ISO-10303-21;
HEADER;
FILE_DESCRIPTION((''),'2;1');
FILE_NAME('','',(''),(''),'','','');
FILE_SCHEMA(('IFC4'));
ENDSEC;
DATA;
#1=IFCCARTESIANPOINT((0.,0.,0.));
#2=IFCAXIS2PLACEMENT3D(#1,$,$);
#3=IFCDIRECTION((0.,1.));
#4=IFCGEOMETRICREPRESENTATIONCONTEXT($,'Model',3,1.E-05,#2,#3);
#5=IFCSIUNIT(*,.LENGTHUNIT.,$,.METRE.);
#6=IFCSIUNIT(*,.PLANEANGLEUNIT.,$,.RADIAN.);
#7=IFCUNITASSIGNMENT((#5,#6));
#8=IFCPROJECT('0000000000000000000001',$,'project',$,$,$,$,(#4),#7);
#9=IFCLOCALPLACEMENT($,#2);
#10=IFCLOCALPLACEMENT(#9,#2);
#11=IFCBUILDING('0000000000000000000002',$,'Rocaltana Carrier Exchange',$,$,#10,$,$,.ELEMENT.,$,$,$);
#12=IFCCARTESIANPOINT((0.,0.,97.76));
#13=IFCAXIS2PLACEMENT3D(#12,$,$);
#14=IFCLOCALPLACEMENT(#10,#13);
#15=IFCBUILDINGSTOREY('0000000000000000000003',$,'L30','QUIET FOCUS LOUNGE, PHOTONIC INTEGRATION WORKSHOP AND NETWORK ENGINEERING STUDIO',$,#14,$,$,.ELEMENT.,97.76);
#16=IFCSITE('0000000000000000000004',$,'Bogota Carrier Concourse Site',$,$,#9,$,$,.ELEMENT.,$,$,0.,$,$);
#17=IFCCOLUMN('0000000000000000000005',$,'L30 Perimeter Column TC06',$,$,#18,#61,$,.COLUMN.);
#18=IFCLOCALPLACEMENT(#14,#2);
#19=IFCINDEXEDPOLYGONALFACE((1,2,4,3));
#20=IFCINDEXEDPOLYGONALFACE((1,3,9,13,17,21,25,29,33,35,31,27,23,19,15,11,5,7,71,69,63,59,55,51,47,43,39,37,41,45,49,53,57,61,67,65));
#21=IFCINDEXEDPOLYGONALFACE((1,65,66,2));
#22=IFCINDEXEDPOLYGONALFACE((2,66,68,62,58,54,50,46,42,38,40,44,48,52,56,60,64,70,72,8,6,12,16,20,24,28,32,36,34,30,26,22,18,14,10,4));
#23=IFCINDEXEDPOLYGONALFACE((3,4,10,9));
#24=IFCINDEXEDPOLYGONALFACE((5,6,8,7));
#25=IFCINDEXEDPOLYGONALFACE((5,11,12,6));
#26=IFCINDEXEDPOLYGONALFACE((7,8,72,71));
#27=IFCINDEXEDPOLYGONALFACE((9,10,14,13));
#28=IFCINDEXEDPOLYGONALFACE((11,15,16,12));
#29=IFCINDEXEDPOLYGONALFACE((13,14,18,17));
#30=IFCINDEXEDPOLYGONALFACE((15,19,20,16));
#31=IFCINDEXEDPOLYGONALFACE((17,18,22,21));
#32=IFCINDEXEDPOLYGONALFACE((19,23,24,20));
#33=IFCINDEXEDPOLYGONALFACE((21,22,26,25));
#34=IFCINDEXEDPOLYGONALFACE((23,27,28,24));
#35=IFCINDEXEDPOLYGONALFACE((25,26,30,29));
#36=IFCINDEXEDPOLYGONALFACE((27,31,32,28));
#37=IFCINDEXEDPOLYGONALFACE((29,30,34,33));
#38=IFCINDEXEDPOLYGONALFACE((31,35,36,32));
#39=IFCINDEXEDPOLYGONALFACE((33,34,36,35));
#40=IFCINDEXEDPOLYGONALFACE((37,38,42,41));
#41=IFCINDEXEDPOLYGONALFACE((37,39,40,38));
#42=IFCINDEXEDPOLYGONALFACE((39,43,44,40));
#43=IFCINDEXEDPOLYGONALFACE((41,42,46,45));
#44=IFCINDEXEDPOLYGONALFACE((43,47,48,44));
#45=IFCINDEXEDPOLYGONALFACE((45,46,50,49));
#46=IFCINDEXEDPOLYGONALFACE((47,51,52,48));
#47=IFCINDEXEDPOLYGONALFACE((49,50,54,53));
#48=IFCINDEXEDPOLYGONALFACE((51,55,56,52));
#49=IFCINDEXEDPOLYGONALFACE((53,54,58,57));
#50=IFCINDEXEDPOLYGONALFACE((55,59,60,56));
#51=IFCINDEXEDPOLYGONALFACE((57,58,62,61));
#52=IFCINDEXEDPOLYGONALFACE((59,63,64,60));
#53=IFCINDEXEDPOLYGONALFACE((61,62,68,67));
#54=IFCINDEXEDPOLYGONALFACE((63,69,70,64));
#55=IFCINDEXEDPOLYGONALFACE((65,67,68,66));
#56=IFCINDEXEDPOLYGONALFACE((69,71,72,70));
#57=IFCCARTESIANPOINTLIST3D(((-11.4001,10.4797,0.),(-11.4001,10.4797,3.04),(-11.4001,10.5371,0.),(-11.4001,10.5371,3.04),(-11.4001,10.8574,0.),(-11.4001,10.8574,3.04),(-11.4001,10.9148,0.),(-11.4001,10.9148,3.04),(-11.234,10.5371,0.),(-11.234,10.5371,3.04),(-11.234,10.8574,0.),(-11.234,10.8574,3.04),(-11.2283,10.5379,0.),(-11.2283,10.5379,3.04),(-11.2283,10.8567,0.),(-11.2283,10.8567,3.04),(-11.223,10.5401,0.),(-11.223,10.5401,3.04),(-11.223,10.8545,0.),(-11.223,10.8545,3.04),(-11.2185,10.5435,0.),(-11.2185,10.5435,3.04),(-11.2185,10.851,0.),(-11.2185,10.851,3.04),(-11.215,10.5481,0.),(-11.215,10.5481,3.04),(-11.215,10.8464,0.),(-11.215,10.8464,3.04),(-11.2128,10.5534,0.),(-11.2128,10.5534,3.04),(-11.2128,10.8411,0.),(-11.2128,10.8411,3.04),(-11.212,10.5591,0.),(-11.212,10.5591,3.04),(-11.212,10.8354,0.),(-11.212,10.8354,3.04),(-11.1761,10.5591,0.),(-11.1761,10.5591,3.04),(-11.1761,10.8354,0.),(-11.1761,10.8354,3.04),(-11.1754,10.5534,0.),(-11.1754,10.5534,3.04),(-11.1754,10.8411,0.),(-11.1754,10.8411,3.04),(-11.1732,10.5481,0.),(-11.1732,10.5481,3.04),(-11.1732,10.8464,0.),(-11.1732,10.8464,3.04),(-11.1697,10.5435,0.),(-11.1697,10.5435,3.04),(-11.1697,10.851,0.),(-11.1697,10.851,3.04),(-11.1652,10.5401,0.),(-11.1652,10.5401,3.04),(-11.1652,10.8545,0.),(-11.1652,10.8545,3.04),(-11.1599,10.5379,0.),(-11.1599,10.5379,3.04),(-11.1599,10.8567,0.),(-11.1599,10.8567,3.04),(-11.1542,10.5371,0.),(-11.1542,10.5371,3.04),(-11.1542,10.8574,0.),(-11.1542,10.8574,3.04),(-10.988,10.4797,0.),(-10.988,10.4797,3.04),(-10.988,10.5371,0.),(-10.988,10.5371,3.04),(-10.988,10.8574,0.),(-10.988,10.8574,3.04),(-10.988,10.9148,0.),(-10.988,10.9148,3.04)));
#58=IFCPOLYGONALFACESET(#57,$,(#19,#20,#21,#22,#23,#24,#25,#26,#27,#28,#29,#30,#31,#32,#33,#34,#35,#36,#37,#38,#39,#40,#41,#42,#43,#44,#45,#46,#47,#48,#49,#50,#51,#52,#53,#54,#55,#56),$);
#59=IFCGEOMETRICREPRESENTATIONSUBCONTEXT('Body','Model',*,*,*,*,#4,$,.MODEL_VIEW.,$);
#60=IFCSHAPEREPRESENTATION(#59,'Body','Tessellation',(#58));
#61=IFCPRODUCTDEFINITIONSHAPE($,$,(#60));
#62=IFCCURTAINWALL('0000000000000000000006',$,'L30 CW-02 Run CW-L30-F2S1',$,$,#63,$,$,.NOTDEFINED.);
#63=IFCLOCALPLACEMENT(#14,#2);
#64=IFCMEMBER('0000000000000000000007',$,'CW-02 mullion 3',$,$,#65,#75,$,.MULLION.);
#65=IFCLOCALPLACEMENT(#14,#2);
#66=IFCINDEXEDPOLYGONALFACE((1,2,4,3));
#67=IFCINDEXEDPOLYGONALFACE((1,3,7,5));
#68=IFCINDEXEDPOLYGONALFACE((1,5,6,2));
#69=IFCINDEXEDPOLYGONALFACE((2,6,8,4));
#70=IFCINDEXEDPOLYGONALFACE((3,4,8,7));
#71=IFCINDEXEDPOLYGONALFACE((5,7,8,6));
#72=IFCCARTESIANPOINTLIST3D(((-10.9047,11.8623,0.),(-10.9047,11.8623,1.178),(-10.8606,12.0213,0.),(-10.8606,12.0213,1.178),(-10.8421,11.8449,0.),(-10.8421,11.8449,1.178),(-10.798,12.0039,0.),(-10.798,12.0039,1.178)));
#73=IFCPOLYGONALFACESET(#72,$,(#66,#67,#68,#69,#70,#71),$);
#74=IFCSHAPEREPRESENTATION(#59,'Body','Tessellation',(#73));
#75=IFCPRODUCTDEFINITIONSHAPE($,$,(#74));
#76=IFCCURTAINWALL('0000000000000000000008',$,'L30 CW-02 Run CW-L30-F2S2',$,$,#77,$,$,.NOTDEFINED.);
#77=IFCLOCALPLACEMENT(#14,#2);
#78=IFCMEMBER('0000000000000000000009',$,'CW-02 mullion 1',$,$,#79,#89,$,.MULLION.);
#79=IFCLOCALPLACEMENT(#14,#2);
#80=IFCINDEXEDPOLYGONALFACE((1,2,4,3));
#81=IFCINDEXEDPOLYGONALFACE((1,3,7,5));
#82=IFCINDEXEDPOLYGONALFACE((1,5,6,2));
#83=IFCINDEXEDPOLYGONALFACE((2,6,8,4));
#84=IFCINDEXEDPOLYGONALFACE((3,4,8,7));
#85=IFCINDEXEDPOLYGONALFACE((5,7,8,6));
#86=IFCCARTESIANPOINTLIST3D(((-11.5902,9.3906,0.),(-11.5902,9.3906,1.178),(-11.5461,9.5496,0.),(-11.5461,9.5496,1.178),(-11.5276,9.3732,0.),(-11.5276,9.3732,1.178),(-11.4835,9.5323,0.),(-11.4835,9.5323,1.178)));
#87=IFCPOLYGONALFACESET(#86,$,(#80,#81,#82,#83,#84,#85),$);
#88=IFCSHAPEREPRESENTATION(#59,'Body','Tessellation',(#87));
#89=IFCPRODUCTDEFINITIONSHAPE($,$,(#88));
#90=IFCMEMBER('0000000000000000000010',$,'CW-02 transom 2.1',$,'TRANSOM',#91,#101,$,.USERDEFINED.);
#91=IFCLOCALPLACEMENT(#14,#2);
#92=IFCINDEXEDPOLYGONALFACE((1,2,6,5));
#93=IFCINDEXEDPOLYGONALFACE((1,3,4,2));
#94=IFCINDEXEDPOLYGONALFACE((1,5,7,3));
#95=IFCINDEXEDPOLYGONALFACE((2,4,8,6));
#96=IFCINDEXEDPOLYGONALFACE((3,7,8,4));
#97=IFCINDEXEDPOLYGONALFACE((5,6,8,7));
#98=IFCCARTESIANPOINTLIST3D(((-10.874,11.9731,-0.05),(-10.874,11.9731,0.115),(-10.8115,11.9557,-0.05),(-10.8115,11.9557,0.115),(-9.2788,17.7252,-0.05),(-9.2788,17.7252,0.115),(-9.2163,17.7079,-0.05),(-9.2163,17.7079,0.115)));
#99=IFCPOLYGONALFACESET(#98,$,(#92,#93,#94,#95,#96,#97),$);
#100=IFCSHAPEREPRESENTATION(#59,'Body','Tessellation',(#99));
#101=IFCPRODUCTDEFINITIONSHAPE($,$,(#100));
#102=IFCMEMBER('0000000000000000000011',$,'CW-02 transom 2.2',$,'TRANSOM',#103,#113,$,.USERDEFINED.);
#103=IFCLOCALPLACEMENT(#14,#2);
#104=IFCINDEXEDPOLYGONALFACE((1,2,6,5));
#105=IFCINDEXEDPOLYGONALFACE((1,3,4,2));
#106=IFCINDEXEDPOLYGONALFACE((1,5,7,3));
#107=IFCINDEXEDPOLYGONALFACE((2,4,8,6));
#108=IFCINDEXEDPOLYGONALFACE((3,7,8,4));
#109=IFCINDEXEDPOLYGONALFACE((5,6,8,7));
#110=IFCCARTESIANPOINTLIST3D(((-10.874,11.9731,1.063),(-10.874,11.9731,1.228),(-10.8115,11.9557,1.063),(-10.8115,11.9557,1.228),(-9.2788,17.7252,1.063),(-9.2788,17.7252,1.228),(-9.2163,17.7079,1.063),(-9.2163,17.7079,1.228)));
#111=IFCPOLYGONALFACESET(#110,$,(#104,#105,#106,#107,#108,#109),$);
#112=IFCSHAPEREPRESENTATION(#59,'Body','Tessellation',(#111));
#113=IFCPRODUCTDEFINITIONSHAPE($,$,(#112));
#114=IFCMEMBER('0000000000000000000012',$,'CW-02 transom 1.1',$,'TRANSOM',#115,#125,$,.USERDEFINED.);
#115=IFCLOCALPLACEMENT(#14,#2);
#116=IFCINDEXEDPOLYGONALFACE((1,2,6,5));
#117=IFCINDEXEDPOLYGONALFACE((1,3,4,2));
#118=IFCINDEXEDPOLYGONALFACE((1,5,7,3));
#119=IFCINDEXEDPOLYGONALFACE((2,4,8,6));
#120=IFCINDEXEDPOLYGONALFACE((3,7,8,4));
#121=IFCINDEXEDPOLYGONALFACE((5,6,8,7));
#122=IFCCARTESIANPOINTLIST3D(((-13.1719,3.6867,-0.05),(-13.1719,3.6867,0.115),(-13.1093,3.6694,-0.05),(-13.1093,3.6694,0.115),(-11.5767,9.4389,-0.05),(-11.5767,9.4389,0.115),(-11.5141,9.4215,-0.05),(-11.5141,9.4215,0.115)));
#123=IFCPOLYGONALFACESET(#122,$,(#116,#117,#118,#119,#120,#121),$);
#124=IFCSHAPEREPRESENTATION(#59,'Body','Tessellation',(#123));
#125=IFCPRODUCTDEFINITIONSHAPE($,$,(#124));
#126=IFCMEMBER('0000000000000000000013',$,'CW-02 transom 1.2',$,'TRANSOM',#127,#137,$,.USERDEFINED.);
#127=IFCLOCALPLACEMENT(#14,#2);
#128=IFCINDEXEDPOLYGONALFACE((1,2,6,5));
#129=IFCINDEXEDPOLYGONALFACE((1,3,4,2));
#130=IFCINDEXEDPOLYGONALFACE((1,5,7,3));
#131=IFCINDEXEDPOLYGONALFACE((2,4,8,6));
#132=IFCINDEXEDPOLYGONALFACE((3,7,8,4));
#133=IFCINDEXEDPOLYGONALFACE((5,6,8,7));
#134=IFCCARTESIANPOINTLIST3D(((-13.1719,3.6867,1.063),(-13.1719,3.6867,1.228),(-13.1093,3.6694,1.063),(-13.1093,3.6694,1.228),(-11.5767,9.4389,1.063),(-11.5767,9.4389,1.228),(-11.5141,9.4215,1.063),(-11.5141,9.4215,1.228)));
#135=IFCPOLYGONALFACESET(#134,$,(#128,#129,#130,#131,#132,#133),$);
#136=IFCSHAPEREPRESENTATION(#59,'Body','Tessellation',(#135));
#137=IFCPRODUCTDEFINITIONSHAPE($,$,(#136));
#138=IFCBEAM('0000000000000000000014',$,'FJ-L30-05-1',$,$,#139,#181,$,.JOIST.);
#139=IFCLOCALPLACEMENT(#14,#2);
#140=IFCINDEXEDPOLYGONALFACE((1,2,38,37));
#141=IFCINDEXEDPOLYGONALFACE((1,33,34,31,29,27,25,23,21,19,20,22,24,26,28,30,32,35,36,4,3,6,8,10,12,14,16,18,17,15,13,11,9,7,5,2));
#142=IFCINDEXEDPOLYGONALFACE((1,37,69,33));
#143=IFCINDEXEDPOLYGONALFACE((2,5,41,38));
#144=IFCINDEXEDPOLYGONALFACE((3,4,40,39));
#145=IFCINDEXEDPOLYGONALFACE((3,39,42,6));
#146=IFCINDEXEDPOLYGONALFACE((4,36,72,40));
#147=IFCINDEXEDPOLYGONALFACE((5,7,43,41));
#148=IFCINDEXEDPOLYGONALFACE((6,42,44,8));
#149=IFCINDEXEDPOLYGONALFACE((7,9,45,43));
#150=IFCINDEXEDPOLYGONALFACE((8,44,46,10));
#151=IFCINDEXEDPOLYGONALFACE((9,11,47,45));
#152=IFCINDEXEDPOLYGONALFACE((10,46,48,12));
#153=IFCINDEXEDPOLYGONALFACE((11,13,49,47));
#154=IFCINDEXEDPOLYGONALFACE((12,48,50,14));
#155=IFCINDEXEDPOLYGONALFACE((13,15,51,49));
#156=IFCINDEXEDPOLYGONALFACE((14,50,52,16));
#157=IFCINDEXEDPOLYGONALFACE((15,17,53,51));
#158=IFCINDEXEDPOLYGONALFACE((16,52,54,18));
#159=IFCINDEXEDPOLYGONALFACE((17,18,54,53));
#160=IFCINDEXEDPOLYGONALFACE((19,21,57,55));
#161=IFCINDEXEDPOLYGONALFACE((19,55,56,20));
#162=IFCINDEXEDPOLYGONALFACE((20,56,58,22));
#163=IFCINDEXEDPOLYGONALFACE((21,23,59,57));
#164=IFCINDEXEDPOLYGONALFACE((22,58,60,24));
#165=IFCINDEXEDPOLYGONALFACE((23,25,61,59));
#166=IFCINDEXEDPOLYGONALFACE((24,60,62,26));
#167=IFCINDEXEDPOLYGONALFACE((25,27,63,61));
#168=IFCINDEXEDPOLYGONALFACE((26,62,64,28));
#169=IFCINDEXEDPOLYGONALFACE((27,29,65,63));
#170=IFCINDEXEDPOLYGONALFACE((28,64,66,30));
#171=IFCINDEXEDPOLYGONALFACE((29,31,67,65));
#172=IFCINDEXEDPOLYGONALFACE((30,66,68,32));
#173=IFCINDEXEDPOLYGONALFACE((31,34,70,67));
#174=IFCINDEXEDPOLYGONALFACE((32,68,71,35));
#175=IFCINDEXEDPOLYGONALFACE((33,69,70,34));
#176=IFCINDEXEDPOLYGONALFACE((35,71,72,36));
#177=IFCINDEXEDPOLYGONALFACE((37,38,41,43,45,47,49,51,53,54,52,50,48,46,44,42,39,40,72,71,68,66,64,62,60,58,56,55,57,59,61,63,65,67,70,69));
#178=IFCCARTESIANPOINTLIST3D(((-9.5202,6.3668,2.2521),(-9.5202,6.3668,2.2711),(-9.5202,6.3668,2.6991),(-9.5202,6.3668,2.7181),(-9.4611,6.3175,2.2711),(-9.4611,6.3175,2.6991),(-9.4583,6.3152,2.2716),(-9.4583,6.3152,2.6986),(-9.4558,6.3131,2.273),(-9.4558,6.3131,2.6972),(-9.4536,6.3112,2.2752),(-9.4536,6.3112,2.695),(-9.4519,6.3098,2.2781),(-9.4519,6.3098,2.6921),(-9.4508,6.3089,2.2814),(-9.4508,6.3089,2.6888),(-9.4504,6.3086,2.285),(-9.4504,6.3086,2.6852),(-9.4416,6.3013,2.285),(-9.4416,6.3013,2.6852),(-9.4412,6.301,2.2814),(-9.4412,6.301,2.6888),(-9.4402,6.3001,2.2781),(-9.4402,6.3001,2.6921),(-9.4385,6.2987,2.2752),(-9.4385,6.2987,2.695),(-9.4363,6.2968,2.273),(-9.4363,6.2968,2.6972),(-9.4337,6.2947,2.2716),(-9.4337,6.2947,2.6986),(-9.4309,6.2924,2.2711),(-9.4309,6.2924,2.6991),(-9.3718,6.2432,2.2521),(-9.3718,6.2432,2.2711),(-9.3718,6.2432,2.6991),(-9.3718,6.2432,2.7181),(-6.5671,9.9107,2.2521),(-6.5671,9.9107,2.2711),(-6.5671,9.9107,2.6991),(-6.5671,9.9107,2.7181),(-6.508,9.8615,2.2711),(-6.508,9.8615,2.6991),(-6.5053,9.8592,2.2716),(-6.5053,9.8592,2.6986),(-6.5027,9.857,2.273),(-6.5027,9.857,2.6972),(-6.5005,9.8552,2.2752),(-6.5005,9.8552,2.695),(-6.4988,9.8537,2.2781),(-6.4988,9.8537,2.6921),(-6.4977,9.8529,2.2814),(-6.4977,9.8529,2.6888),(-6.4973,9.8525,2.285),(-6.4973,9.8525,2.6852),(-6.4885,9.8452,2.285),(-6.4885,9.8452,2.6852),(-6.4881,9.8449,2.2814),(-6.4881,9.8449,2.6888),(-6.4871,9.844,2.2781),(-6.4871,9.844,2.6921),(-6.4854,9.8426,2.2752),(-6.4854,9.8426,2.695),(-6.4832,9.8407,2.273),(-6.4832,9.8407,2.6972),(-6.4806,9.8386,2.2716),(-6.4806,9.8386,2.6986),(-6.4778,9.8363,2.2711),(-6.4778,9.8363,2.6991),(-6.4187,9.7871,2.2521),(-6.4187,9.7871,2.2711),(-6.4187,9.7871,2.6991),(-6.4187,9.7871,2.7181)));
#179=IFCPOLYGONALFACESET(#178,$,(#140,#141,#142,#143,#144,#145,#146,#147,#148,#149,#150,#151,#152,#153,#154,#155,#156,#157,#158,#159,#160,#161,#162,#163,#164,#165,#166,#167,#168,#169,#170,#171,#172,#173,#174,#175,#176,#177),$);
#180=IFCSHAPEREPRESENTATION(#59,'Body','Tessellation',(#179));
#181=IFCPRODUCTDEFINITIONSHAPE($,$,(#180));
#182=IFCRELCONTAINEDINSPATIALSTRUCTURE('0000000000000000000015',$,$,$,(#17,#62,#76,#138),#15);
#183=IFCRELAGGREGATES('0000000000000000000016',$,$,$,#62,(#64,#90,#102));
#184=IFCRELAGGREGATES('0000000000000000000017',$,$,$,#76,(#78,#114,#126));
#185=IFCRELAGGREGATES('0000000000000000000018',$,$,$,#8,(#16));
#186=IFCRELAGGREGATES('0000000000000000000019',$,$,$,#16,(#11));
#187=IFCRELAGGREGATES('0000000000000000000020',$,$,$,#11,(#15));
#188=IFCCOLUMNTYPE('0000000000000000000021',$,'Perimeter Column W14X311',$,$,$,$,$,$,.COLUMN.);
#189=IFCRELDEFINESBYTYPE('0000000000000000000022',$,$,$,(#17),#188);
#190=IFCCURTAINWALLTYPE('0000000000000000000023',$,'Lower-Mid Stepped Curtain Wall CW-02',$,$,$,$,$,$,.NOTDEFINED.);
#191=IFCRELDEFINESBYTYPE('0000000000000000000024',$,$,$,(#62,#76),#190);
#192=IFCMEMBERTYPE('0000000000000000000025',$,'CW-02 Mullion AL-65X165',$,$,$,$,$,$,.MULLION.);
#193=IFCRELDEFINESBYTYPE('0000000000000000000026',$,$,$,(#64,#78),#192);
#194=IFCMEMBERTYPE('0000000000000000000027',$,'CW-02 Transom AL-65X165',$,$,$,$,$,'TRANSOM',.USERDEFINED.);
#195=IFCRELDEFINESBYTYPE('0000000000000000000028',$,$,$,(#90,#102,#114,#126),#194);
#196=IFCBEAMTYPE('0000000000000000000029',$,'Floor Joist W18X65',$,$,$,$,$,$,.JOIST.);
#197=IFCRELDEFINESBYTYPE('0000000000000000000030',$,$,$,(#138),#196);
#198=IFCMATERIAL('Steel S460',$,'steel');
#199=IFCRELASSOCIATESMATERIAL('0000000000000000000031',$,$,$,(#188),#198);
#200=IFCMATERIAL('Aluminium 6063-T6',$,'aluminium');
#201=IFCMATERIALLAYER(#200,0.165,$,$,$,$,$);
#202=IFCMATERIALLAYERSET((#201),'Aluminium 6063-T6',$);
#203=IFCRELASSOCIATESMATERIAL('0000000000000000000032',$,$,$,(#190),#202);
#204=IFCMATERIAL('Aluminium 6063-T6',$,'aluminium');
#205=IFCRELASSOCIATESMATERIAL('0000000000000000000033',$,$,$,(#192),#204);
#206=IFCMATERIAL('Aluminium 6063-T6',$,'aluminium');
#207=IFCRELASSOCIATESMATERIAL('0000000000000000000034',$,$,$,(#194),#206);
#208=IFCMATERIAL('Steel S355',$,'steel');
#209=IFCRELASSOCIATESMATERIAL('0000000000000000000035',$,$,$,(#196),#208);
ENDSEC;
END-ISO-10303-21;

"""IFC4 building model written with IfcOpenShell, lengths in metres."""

from ifc_helpers import new_model, si_unit, direction, frame, origin, origin_2d, place, context, subcontext, project, spatial, rectangle, i_section, extrude, material, layer, layer_set, material_profile, profile_set, type_object, element, aggregate, save


model = new_model("IFC4")

# Units and contexts
model_context = context("Model", 3, precision=1e-05, world=origin(), true_north=direction((0.0, 1.0)))
body_context = subcontext(model_context, "Body", "Model", "MODEL_VIEW")
ifc_project = project(units=[si_unit("LENGTHUNIT", "METRE"), si_unit("PLANEANGLEUNIT", "RADIAN")], contexts=[model_context])

# Site, building, storey
site_placement = place(None, origin())
site = spatial("IfcSite", under=ifc_project, at=site_placement, Name="Bogota Carrier Concourse Site", CompositionType="ELEMENT", RefElevation=0.0)
building_placement = place(site_placement, origin())
building = spatial("IfcBuilding", under=site, at=building_placement, Name="Rocaltana Carrier Exchange", CompositionType="ELEMENT")
storey_placement = place(building_placement, frame((0.0, 0.0, 97.76)))
storey = spatial("IfcBuildingStorey", under=building, at=storey_placement, Name="L30", Description="QUIET FOCUS LOUNGE, PHOTONIC INTEGRATION WORKSHOP AND NETWORK ENGINEERING STUDIO", CompositionType="ELEMENT", Elevation=97.76)

# Column
ifc_material_1 = material(Name="Steel S460", Category="steel")
ifc_material_profile_1 = material_profile(ifc_material_1, i_section(OverallWidth=0.4121, OverallDepth=0.4351, WebThickness=0.0359, FlangeThickness=0.0574, FilletRadius=0.022, at=origin_2d()), Name="W14X311")
ifc_profile_set_1 = profile_set([ifc_material_profile_1], Name="Steel S460")
column_type = type_object("IfcColumnType", Name="Perimeter Column W14X311", PredefinedType="COLUMN", material=ifc_profile_set_1)
column_placement = place(storey_placement, frame((-11.1941, 10.6973, 0.0), z_axis=(0.0, 0.0, 1.0), x_axis=(1.0, 0.0, 0.0)))
element("IfcColumn", 1, at=column_placement, inside=storey, type_object=column_type, Name="L30 Perimeter Column TC06", PredefinedType="COLUMN", context=body_context, shape_type="SweptSolid", body=[
    extrude(i_section(OverallWidth=0.4121, OverallDepth=0.4351, WebThickness=0.0359, FlangeThickness=0.0574, FilletRadius=0.022, at=origin_2d()), origin(), (0.0, 0.0, 1.0), 3.04),
])

# Curtain walls, members
ifc_material_2 = material(Name="Aluminium 6063-T6", Category="aluminium")
ifc_layer_1 = layer(ifc_material_2, 0.165)
ifc_layer_set_1 = layer_set([ifc_layer_1], Name="Aluminium 6063-T6")
curtain_wall_type = type_object("IfcCurtainWallType", Name="Lower-Mid Stepped Curtain Wall CW-02", PredefinedType="NOTDEFINED", material=ifc_layer_set_1)
curtain_wall_1_placement = place(storey_placement, origin())
curtain_wall_1 = element("IfcCurtainWall", 2, at=curtain_wall_1_placement, inside=storey, type_object=curtain_wall_type, Name="L30 CW-02 Run CW-L30-F2S1", PredefinedType="NOTDEFINED")
ifc_material_3 = material(Name="Aluminium 6063-T6", Category="aluminium")
ifc_material_profile_2 = material_profile(ifc_material_3, rectangle(XDim=0.0649, YDim=0.165, at=origin_2d()), Name="AL-65X165")
ifc_profile_set_2 = profile_set([ifc_material_profile_2], Name="Aluminium 6063-T6")
member_type_1 = type_object("IfcMemberType", Name="CW-02 Mullion AL-65X165", PredefinedType="MULLION", material=ifc_profile_set_2)
member_1_placement = place(storey_placement, frame((-10.8513, 11.9331, 0.0), z_axis=(0.0, 0.0, 1.0), x_axis=(0.963628, -0.267246, 0.0)))
member_1 = element("IfcMember", 3, at=member_1_placement, type_object=member_type_1, Name="CW-02 mullion 3", PredefinedType="MULLION", context=body_context, shape_type="SweptSolid", body=[
    extrude(rectangle(XDim=0.0649, YDim=0.165, at=origin_2d()), origin(), (0.0, 0.0, 1.0), 1.178),
])
curtain_wall_2_placement = place(storey_placement, origin())
curtain_wall_2 = element("IfcCurtainWall", 4, at=curtain_wall_2_placement, inside=storey, type_object=curtain_wall_type, Name="L30 CW-02 Run CW-L30-F2S2", PredefinedType="NOTDEFINED")
member_2_placement = place(storey_placement, frame((-11.5369, 9.4614, 0.0), z_axis=(0.0, 0.0, 1.0), x_axis=(0.963631, -0.267238, 0.0)))
member_2 = element("IfcMember", 5, at=member_2_placement, type_object=member_type_1, Name="CW-02 mullion 1", PredefinedType="MULLION", context=body_context, shape_type="SweptSolid", body=[
    extrude(rectangle(XDim=0.0649, YDim=0.165, at=origin_2d()), origin(), (0.0, 0.0, 1.0), 1.178),
])

# Members
ifc_material_4 = material(Name="Aluminium 6063-T6", Category="aluminium")
ifc_material_profile_3 = material_profile(ifc_material_4, rectangle(XDim=0.0649, YDim=0.165, at=origin_2d()), Name="AL-65X165")
ifc_profile_set_3 = profile_set([ifc_material_profile_3], Name="Aluminium 6063-T6")
member_type_2 = type_object("IfcMemberType", Name="CW-02 Transom AL-65X165", ElementType="TRANSOM", PredefinedType="USERDEFINED", material=ifc_profile_set_3)
member_3_placement = place(storey_placement, frame((-9.2476, 17.7166, 0.0325), z_axis=(-0.267237, -0.963631, 0.0), x_axis=(0.963631, -0.267237, 0.0)))
member_3 = element("IfcMember", 6, at=member_3_placement, type_object=member_type_2, Name="CW-02 transom 2.1", ObjectType="TRANSOM", PredefinedType="USERDEFINED", context=body_context, shape_type="SweptSolid", body=[
    extrude(rectangle(XDim=0.0649, YDim=0.165, at=origin_2d()), origin(), (0.0, 0.0, 1.0), 5.9692),
])
member_4_placement = place(storey_placement, frame((-9.2476, 17.7166, 1.1455), z_axis=(-0.267237, -0.963631, 0.0), x_axis=(0.963631, -0.267237, 0.0)))
member_4 = element("IfcMember", 7, at=member_4_placement, type_object=member_type_2, Name="CW-02 transom 2.2", ObjectType="TRANSOM", PredefinedType="USERDEFINED", context=body_context, shape_type="SweptSolid", body=[
    extrude(rectangle(XDim=0.0649, YDim=0.165, at=origin_2d()), origin(), (0.0, 0.0, 1.0), 5.9692),
])
member_5_placement = place(storey_placement, frame((-11.5454, 9.4302, 0.0325), z_axis=(-0.267237, -0.963631, 0.0), x_axis=(0.963631, -0.267237, 0.0)))
member_5 = element("IfcMember", 8, at=member_5_placement, type_object=member_type_2, Name="CW-02 transom 1.1", ObjectType="TRANSOM", PredefinedType="USERDEFINED", context=body_context, shape_type="SweptSolid", body=[
    extrude(rectangle(XDim=0.0649, YDim=0.165, at=origin_2d()), origin(), (0.0, 0.0, 1.0), 5.9692),
])
member_6_placement = place(storey_placement, frame((-11.5454, 9.4302, 1.1455), z_axis=(-0.267237, -0.963631, 0.0), x_axis=(0.963631, -0.267237, 0.0)))
member_6 = element("IfcMember", 9, at=member_6_placement, type_object=member_type_2, Name="CW-02 transom 1.2", ObjectType="TRANSOM", PredefinedType="USERDEFINED", context=body_context, shape_type="SweptSolid", body=[
    extrude(rectangle(XDim=0.0649, YDim=0.165, at=origin_2d()), origin(), (0.0, 0.0, 1.0), 5.9692),
])

# Beam
ifc_material_5 = material(Name="Steel S355", Category="steel")
ifc_material_profile_4 = material_profile(ifc_material_5, i_section(OverallWidth=0.1931, OverallDepth=0.4661, WebThickness=0.0115, FlangeThickness=0.019, FilletRadius=0.0139, at=origin_2d()), Name="W18X65")
ifc_profile_set_4 = profile_set([ifc_material_profile_4], Name="Steel S355")
beam_type_1 = type_object("IfcBeamType", Name="Floor Joist W18X65", PredefinedType="JOIST", material=ifc_profile_set_4)
beam_1_placement = place(storey_placement, frame((-6.4929, 9.8489, 2.4851), z_axis=(-0.640164, -0.768239, 0.0), x_axis=(0.768239, -0.640164, 0.0)))
element("IfcBeam", 10, at=beam_1_placement, inside=storey, type_object=beam_type_1, Name="FJ-L30-05-1", PredefinedType="JOIST", context=body_context, shape_type="SweptSolid", body=[
    extrude(i_section(OverallWidth=0.1931, OverallDepth=0.4661, WebThickness=0.0115, FlangeThickness=0.019, FilletRadius=0.0139, at=origin_2d()), origin(), (0.0, 0.0, 1.0), 4.613),
])

aggregate(curtain_wall_1, [member_1, member_3, member_4])
aggregate(curtain_wall_2, [member_2, member_5, member_6])

save(model, "model.ifc")
